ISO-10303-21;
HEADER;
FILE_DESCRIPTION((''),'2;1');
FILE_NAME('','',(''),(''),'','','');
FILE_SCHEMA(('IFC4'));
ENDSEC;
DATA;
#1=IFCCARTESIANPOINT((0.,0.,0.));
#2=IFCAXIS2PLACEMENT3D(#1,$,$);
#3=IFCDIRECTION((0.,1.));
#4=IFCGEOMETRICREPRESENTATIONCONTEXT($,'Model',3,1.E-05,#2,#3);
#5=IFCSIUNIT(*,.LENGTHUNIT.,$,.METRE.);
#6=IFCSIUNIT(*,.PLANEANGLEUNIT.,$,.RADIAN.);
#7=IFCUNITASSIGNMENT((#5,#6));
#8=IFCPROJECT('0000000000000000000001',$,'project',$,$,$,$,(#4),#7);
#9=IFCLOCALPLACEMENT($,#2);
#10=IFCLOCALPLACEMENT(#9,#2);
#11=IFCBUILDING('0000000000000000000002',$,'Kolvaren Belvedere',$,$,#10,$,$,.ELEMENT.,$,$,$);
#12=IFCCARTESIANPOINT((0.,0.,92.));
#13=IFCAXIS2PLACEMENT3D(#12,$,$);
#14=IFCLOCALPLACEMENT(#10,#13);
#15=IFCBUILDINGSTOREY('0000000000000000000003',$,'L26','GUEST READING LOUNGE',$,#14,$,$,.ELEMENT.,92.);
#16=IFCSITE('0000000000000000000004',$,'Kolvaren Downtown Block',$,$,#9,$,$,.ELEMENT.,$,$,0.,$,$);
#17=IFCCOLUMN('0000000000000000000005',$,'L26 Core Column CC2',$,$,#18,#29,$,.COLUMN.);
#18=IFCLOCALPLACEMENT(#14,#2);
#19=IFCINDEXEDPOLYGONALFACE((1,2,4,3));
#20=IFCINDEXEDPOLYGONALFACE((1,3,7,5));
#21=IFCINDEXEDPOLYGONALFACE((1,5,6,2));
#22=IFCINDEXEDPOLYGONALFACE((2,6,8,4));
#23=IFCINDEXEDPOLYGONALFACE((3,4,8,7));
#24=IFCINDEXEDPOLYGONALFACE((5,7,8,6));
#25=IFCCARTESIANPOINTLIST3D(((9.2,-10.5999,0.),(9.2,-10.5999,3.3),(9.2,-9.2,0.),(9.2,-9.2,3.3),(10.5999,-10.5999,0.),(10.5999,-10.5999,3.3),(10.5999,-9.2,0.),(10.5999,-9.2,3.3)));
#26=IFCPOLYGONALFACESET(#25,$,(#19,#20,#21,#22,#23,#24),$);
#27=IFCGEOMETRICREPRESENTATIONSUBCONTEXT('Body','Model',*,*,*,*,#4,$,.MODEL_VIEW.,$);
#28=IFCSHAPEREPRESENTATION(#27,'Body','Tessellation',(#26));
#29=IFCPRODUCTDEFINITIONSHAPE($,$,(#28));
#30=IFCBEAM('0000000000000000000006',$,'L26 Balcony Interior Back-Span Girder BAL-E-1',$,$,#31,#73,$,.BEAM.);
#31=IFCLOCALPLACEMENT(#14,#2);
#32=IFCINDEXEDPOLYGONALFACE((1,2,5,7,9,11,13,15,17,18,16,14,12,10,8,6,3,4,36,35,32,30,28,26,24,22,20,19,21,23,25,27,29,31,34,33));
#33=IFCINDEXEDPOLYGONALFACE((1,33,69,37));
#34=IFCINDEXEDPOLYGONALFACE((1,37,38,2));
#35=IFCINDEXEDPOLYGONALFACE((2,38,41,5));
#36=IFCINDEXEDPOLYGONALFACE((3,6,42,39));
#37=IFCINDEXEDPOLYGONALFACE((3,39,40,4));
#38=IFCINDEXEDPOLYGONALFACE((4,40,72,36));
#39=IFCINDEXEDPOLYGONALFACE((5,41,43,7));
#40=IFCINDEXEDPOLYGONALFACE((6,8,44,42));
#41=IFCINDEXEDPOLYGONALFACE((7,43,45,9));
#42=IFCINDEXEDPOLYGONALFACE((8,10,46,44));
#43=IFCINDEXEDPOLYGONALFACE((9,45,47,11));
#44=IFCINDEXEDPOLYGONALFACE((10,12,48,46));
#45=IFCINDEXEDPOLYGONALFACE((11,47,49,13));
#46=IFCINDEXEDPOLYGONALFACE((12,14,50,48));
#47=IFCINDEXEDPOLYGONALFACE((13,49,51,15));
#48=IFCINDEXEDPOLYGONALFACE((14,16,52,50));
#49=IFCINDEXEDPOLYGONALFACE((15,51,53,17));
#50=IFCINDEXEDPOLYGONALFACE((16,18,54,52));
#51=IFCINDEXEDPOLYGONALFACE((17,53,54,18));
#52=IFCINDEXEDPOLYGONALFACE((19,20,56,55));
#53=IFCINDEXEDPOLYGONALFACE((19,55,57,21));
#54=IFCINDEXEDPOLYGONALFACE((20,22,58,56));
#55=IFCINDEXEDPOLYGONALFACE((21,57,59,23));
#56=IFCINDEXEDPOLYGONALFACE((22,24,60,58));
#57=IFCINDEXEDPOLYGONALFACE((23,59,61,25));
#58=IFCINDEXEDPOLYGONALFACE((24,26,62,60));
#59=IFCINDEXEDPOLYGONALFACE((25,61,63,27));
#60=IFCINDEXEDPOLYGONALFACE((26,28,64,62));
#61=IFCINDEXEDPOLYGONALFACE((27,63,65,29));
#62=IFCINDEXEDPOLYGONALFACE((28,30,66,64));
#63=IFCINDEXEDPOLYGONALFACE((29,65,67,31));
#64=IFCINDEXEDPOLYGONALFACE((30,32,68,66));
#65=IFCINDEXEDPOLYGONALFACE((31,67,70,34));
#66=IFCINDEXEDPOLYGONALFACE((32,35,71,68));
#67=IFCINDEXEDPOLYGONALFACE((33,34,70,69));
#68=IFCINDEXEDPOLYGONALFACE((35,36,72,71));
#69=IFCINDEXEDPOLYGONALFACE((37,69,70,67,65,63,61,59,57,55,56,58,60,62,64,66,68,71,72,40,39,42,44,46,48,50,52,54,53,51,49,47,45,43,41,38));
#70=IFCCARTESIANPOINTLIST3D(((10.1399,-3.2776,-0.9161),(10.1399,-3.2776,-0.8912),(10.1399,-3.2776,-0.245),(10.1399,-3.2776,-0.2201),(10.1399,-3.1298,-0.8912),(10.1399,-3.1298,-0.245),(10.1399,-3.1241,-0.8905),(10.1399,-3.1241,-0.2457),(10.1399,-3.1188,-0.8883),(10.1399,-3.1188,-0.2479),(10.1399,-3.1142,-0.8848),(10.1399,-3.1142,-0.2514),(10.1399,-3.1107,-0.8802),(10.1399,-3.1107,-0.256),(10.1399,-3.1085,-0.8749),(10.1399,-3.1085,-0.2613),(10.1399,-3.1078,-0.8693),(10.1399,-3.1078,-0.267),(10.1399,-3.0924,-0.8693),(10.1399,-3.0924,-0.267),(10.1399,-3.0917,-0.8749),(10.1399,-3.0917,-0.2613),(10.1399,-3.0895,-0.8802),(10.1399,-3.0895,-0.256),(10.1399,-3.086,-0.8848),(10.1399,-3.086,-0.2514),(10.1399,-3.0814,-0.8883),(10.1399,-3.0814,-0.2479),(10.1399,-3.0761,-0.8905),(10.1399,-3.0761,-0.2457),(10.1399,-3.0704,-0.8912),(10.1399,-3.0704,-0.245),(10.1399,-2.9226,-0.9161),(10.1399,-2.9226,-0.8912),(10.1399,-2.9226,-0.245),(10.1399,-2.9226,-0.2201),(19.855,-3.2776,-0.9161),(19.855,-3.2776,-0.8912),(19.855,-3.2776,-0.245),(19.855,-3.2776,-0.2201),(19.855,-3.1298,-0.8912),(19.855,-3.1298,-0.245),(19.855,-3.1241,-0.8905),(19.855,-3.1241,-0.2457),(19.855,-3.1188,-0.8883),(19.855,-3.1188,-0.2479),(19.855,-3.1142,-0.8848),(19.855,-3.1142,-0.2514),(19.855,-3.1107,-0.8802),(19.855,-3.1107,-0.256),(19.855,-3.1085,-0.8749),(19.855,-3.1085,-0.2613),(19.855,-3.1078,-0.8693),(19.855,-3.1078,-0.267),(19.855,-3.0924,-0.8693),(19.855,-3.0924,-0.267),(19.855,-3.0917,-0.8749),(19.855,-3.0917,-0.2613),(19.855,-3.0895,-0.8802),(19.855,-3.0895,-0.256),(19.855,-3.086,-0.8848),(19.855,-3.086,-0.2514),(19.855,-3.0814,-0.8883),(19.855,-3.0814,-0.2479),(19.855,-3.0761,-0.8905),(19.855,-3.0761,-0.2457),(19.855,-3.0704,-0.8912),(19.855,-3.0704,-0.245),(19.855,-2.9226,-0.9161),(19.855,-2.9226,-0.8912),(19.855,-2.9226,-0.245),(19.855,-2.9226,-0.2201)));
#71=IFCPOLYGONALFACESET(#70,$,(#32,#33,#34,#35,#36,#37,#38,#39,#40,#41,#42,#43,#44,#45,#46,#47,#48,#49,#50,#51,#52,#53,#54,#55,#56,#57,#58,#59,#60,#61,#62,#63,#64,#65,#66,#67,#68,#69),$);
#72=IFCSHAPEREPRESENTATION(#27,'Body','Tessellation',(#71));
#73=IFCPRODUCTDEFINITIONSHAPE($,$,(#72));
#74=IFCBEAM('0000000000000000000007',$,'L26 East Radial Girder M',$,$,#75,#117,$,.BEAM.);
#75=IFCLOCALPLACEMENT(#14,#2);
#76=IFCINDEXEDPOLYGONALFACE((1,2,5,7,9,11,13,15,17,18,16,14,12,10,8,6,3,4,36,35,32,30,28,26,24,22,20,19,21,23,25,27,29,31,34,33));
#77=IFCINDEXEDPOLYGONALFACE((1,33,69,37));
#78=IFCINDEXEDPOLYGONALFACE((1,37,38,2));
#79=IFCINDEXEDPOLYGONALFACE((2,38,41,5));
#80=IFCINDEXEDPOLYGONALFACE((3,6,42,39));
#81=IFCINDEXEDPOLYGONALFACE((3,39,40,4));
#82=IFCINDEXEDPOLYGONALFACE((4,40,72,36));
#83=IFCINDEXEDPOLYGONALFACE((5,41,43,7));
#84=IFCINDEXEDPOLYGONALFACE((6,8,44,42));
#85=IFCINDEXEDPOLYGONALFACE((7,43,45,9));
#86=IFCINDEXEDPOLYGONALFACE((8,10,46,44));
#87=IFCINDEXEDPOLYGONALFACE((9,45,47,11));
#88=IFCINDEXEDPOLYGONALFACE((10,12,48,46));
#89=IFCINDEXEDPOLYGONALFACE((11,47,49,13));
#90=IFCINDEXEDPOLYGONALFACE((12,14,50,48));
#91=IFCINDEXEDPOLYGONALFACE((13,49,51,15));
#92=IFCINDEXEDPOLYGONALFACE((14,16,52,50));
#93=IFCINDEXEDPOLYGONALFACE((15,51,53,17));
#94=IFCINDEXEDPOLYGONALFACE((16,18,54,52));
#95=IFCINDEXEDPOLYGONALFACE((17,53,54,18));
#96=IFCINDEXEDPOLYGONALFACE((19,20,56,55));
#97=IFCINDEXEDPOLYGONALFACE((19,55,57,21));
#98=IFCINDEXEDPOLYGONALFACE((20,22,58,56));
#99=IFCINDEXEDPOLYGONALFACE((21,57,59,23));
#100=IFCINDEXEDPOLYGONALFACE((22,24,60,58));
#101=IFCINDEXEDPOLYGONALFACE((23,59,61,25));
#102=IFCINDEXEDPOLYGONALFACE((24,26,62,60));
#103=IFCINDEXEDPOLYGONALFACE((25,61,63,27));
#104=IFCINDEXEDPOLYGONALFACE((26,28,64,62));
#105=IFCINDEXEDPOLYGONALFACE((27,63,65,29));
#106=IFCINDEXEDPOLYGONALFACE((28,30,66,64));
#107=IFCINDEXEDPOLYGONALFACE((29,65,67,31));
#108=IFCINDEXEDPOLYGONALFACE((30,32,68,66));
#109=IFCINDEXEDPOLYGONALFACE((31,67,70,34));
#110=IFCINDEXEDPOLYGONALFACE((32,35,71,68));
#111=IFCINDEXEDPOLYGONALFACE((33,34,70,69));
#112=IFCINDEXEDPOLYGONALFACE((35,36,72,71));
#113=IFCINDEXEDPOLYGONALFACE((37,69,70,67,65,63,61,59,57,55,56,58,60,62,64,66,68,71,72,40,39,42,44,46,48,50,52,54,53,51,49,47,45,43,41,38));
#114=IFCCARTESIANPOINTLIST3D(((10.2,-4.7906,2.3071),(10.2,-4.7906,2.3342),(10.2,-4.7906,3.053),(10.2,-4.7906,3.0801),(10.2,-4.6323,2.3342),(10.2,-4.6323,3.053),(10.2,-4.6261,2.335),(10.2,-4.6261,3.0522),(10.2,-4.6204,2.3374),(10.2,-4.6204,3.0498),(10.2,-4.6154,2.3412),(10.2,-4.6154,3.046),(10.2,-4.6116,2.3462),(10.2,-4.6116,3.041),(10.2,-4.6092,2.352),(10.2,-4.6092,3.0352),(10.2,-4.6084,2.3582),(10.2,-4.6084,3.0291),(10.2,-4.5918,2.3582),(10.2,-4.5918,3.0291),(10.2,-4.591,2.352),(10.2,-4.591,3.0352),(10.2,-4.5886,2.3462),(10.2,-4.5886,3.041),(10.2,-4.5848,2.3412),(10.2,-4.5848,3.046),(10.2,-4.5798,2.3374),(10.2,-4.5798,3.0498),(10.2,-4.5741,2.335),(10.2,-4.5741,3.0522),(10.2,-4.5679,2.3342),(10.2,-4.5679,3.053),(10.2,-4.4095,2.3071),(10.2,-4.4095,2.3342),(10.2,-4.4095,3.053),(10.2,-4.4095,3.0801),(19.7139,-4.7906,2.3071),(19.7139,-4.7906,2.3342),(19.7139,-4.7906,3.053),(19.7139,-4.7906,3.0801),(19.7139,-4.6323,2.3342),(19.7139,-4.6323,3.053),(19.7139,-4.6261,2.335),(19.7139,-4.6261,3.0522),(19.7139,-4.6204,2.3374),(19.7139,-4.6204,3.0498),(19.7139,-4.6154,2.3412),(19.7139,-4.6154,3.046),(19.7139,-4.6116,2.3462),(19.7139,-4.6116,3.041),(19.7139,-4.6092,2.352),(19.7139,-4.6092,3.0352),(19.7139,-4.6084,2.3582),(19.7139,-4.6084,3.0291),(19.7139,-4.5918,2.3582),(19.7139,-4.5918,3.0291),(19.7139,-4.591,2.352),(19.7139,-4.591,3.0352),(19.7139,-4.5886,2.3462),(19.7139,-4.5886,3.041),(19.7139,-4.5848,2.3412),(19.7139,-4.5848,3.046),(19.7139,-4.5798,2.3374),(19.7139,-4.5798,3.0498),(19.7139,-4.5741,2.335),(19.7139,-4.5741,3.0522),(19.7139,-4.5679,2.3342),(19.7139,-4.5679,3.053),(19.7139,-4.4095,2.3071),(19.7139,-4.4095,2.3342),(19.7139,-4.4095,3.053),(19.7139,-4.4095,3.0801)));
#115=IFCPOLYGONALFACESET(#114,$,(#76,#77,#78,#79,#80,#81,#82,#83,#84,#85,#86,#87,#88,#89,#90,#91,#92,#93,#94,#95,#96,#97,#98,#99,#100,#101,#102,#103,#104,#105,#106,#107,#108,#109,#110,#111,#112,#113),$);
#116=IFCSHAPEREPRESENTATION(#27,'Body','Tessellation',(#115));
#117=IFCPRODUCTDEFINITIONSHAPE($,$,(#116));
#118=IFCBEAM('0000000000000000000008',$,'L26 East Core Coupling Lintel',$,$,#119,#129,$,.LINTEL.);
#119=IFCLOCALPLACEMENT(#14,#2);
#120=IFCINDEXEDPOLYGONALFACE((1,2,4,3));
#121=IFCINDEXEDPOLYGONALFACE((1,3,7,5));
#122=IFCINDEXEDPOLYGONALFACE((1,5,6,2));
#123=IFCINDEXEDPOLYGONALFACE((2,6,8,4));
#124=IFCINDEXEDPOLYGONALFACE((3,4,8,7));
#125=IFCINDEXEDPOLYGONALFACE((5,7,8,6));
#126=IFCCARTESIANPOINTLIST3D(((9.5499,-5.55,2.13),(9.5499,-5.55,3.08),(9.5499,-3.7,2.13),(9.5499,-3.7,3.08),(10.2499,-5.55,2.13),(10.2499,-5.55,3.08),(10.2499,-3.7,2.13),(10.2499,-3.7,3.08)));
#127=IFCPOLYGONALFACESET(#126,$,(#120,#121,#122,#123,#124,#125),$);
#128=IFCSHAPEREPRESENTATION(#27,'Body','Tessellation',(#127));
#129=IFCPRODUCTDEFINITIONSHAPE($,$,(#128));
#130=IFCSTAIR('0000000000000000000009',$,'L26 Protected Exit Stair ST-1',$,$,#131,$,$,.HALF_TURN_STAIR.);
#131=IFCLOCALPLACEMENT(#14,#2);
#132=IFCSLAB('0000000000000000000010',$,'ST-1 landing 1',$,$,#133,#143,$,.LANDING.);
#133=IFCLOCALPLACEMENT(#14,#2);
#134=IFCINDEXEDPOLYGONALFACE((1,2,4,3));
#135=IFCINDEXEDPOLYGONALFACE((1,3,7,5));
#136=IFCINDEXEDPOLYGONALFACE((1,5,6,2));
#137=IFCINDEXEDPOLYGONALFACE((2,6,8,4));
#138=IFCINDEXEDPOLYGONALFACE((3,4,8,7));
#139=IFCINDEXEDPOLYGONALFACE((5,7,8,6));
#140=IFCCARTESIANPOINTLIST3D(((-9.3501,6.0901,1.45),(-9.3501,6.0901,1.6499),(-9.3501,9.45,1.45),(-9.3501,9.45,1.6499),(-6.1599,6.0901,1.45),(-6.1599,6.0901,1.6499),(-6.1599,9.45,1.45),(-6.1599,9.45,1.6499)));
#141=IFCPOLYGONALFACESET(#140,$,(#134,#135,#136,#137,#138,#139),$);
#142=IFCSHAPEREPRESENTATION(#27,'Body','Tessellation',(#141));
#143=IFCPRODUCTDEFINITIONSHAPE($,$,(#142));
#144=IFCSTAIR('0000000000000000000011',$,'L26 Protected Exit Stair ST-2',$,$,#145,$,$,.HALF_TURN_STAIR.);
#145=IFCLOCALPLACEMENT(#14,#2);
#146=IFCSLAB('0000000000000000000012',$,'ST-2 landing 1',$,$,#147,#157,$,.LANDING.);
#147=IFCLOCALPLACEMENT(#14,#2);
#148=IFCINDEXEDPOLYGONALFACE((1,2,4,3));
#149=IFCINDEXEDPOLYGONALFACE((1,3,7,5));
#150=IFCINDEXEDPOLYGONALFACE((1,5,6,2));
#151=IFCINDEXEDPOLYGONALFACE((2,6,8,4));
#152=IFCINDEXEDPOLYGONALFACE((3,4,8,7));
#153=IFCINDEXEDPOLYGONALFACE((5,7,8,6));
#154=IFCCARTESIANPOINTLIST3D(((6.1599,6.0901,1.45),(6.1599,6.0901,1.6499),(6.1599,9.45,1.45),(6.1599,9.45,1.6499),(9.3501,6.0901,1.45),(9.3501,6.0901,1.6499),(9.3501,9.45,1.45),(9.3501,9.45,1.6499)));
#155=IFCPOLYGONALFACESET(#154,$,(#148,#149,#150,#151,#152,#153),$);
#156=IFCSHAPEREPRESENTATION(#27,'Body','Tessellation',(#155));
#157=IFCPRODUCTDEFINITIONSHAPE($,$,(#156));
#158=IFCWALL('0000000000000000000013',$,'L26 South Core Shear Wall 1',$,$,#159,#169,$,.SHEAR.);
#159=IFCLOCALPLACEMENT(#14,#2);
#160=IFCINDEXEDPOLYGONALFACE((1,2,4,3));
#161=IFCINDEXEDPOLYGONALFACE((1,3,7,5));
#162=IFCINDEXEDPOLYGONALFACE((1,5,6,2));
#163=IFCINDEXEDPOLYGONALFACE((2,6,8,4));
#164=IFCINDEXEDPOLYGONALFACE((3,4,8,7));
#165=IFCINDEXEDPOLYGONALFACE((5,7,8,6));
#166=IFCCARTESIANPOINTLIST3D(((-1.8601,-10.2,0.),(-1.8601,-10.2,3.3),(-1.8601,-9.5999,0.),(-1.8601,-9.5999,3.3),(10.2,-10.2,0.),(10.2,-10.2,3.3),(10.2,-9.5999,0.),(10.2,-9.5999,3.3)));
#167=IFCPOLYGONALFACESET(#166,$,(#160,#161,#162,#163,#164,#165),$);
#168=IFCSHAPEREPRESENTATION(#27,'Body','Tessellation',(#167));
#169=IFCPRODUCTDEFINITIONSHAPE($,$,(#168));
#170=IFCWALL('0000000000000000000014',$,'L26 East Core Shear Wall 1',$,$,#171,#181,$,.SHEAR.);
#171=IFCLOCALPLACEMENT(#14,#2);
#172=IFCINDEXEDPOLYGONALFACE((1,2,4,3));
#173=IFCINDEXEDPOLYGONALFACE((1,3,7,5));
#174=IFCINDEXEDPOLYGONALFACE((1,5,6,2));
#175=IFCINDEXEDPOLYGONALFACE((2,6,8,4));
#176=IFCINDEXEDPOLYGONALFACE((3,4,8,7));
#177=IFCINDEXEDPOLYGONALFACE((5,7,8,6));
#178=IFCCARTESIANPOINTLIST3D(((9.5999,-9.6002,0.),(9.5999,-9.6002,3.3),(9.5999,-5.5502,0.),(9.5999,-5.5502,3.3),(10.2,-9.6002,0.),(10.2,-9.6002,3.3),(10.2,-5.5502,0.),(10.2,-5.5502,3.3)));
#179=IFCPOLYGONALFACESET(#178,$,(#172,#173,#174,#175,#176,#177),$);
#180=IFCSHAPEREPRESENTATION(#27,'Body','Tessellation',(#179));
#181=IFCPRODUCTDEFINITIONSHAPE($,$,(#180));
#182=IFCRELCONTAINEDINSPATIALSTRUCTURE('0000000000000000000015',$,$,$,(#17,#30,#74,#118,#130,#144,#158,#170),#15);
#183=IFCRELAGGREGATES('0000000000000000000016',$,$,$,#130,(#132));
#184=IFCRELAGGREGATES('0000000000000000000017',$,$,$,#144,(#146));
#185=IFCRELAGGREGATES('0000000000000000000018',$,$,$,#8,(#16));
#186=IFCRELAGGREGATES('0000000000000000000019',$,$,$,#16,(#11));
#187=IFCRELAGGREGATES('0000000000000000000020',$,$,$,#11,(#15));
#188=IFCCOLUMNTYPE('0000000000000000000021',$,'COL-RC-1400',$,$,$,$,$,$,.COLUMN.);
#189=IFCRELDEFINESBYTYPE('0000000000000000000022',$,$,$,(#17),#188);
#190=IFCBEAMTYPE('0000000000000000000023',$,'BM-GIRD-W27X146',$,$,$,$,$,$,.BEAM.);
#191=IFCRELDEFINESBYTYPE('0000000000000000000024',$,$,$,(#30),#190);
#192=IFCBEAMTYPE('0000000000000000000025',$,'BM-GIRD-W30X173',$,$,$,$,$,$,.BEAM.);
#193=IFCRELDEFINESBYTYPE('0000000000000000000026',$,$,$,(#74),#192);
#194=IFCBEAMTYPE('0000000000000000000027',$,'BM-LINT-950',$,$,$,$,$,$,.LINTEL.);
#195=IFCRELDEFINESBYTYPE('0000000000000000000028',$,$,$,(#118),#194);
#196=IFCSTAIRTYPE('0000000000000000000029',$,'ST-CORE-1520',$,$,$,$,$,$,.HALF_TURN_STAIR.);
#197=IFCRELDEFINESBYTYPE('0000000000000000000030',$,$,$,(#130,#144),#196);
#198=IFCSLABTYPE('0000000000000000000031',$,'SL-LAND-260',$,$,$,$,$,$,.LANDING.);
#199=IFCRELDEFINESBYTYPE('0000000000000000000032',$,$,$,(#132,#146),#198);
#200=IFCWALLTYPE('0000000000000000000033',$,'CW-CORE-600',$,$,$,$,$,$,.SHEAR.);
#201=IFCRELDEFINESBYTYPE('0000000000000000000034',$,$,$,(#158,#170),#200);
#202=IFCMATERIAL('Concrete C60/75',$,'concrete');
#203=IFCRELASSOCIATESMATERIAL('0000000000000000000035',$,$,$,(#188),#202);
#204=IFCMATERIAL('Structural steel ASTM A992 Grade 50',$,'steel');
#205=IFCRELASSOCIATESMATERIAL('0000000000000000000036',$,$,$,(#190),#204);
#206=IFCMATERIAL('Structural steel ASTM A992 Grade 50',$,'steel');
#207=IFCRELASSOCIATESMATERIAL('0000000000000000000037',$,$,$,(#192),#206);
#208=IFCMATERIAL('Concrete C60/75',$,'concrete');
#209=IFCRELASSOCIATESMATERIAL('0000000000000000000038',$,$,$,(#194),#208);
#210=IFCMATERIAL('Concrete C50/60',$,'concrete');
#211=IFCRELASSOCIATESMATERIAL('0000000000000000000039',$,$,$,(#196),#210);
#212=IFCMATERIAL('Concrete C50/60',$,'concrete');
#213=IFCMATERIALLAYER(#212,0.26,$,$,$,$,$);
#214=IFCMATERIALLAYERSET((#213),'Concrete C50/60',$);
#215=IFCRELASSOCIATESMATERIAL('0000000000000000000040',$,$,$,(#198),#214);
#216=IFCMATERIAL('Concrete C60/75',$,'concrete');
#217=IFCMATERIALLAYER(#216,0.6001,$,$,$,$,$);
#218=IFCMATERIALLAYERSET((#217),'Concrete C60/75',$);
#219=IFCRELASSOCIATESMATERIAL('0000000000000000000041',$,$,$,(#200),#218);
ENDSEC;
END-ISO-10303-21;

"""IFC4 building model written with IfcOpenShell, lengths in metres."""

from ifc_helpers import new_model, si_unit, direction, frame, frame_2d, origin, origin_2d, place, context, subcontext, project, spatial, polyline, rectangle, i_section, outline, extrude, material, layer, layer_set, material_profile, profile_set, type_object, element, aggregate, save


model = new_model("IFC4")

# Units and contexts
model_context = context("Model", 3, precision=1e-05, world=origin(), true_north=direction((0.0, 1.0)))
body_context = subcontext(model_context, "Body", "Model", "MODEL_VIEW")
ifc_project = project(units=[si_unit("LENGTHUNIT", "METRE"), si_unit("PLANEANGLEUNIT", "RADIAN")], contexts=[model_context])

# Site, building, storey
site_placement = place(None, origin())
site = spatial("IfcSite", under=ifc_project, at=site_placement, Name="Kolvaren Downtown Block", CompositionType="ELEMENT", RefElevation=0.0)
building_placement = place(site_placement, origin())
building = spatial("IfcBuilding", under=site, at=building_placement, Name="Kolvaren Belvedere", CompositionType="ELEMENT")
storey_placement = place(building_placement, frame((0.0, 0.0, 92.0)))
storey = spatial("IfcBuildingStorey", under=building, at=storey_placement, Name="L26", Description="GUEST READING LOUNGE", CompositionType="ELEMENT", Elevation=92.0)

# Column
ifc_material_1 = material(Name="Concrete C60/75", Category="concrete")
ifc_material_profile_1 = material_profile(ifc_material_1, rectangle(XDim=1.3999, YDim=1.3999, at=origin_2d()), Name="RC 1400X1400")
ifc_profile_set_1 = profile_set([ifc_material_profile_1], Name="Concrete C60/75")
column_type = type_object("IfcColumnType", Name="COL-RC-1400", PredefinedType="COLUMN", material=ifc_profile_set_1)
column_placement = place(storey_placement, frame((9.8999, -9.8999, 0.0), z_axis=(0.0, 0.0, 1.0), x_axis=(1.0, 0.0, 0.0)))
element("IfcColumn", 1, at=column_placement, inside=storey, type_object=column_type, Name="L26 Core Column CC2", PredefinedType="COLUMN", context=body_context, shape_type="SweptSolid", body=[
    extrude(rectangle(XDim=1.3999, YDim=1.3999, at=origin_2d()), origin(), (0.0, 0.0, 1.0), 3.3),
])

# Beams
ifc_material_2 = material(Name="Structural steel ASTM A992 Grade 50", Category="steel")
ifc_material_profile_2 = material_profile(ifc_material_2, i_section(OverallWidth=0.355, OverallDepth=0.696, WebThickness=0.0154, FlangeThickness=0.0249, FilletRadius=0.022, at=origin_2d()), Name="W27X146")
ifc_profile_set_2 = profile_set([ifc_material_profile_2], Name="Structural steel ASTM A992 Grade 50")
beam_type_1 = type_object("IfcBeamType", Name="BM-GIRD-W27X146", PredefinedType="BEAM", material=ifc_profile_set_2)
beam_1_placement = place(storey_placement, frame((10.1399, -3.1001, -0.5681), z_axis=(1.0, 0.0, 0.0), x_axis=(0.0, 1.0, 0.0)))
element("IfcBeam", 2, at=beam_1_placement, inside=storey, type_object=beam_type_1, Name="L26 Balcony Interior Back-Span Girder BAL-E-1", PredefinedType="BEAM", context=body_context, shape_type="SweptSolid", body=[
    extrude(i_section(OverallWidth=0.355, OverallDepth=0.696, WebThickness=0.0154, FlangeThickness=0.0249, FilletRadius=0.022, at=origin_2d()), origin(), (0.0, 0.0, 1.0), 9.7151),
])
ifc_material_3 = material(Name="Structural steel ASTM A992 Grade 50", Category="steel")
ifc_material_profile_3 = material_profile(ifc_material_3, i_section(OverallWidth=0.3811, OverallDepth=0.7729, WebThickness=0.0166, FlangeThickness=0.0271, FilletRadius=0.0239, at=origin_2d()), Name="W30X173")
ifc_profile_set_3 = profile_set([ifc_material_profile_3], Name="Structural steel ASTM A992 Grade 50")
beam_type_2 = type_object("IfcBeamType", Name="BM-GIRD-W30X173", PredefinedType="BEAM", material=ifc_profile_set_3)
beam_2_placement = place(storey_placement, frame((10.2, -4.6001, 2.6936), z_axis=(1.0, 0.0, 0.0), x_axis=(0.0, 1.0, 0.0)))
element("IfcBeam", 3, at=beam_2_placement, inside=storey, type_object=beam_type_2, Name="L26 East Radial Girder M", PredefinedType="BEAM", context=body_context, shape_type="SweptSolid", body=[
    extrude(i_section(OverallWidth=0.3811, OverallDepth=0.7729, WebThickness=0.0166, FlangeThickness=0.0271, FilletRadius=0.0239, at=origin_2d()), origin(), (0.0, 0.0, 1.0), 9.5139),
])
ifc_material_4 = material(Name="Concrete C60/75", Category="concrete")
ifc_material_profile_4 = material_profile(ifc_material_4, rectangle(XDim=0.7, YDim=0.95, at=origin_2d()), Name="RC 700X950")
ifc_profile_set_4 = profile_set([ifc_material_profile_4], Name="Concrete C60/75")
beam_type_3 = type_object("IfcBeamType", Name="BM-LINT-950", PredefinedType="LINTEL", material=ifc_profile_set_4)
beam_3_placement = place(storey_placement, frame((9.8999, -5.55, 2.605), z_axis=(0.0, 1.0, 0.0), x_axis=(-1.0, 0.0, 0.0)))
element("IfcBeam", 4, at=beam_3_placement, inside=storey, type_object=beam_type_3, Name="L26 East Core Coupling Lintel", PredefinedType="LINTEL", context=body_context, shape_type="SweptSolid", body=[
    extrude(rectangle(XDim=0.7, YDim=0.95, at=origin_2d()), origin(), (0.0, 0.0, 1.0), 1.8501),
])

# Stairs, slabs
ifc_material_5 = material(Name="Concrete C50/60", Category="concrete")
stair_type = type_object("IfcStairType", Name="ST-CORE-1520", PredefinedType="HALF_TURN_STAIR", material=ifc_material_5)
stair_1_placement = place(storey_placement, origin())
stair_1 = element("IfcStair", 5, at=stair_1_placement, inside=storey, type_object=stair_type, Name="L26 Protected Exit Stair ST-1", PredefinedType="HALF_TURN_STAIR")
ifc_material_6 = material(Name="Concrete C50/60", Category="concrete")
ifc_layer_1 = layer(ifc_material_6, 0.26)
ifc_layer_set_1 = layer_set([ifc_layer_1], Name="Concrete C50/60")
slab_type = type_object("IfcSlabType", Name="SL-LAND-260", PredefinedType="LANDING", material=ifc_layer_set_1)
slab_1_placement = place(storey_placement, frame((0.0, 0.0, 1.45)))
slab_1 = element("IfcSlab", 6, at=slab_1_placement, type_object=slab_type, Name="ST-1 landing 1", PredefinedType="LANDING", context=body_context, shape_type="SweptSolid", body=[
    extrude(outline(polyline([(-6.1599, 6.0901), (-6.1599, 9.45), (-9.3501, 9.45), (-9.3501, 6.0901), (-6.1599, 6.0901)])), origin(), (0.0, 0.0, 1.0), 0.2),
])
aggregate(stair_1, [slab_1])
stair_2_placement = place(storey_placement, origin())
stair_2 = element("IfcStair", 7, at=stair_2_placement, inside=storey, type_object=stair_type, Name="L26 Protected Exit Stair ST-2", PredefinedType="HALF_TURN_STAIR")
slab_2_placement = place(storey_placement, frame((0.0, 0.0, 1.45)))
slab_2 = element("IfcSlab", 8, at=slab_2_placement, type_object=slab_type, Name="ST-2 landing 1", PredefinedType="LANDING", context=body_context, shape_type="SweptSolid", body=[
    extrude(outline(polyline([(9.3501, 6.0901), (9.3501, 9.45), (6.1599, 9.45), (6.1599, 6.0901), (9.3501, 6.0901)])), origin(), (0.0, 0.0, 1.0), 0.2),
])
aggregate(stair_2, [slab_2])

# Walls
ifc_material_7 = material(Name="Concrete C60/75", Category="concrete")
ifc_layer_2 = layer(ifc_material_7, 0.6001)
ifc_layer_set_2 = layer_set([ifc_layer_2], Name="Concrete C60/75")
wall_type_1 = type_object("IfcWallType", Name="CW-CORE-600", PredefinedType="SHEAR", material=ifc_layer_set_2)
wall_1_placement = place(storey_placement, frame((10.2, -9.8999, 0.0), z_axis=(0.0, 0.0, 1.0), x_axis=(-1.0, 0.0, 0.0)))
element("IfcWall", 9, at=wall_1_placement, inside=storey, type_object=wall_type_1, Name="L26 South Core Shear Wall 1", PredefinedType="SHEAR", context=body_context, shape_type="SweptSolid", body=[
    extrude(rectangle(XDim=12.0601, YDim=0.6001, at=frame_2d((6.03, 0.0))), origin(), (0.0, 0.0, 1.0), 3.3),
])
wall_2_placement = place(storey_placement, frame((9.8999, -9.6001, 0.0), z_axis=(0.0, 0.0, 1.0), x_axis=(0.0, 1.0, 0.0)))
element("IfcWall", 10, at=wall_2_placement, inside=storey, type_object=wall_type_1, Name="L26 East Core Shear Wall 1", PredefinedType="SHEAR", context=body_context, shape_type="SweptSolid", body=[
    extrude(rectangle(XDim=4.05, YDim=0.6001, at=frame_2d((2.0249, 0.0))), origin(), (0.0, 0.0, 1.0), 3.3),
])

save(model, "model.ifc")
